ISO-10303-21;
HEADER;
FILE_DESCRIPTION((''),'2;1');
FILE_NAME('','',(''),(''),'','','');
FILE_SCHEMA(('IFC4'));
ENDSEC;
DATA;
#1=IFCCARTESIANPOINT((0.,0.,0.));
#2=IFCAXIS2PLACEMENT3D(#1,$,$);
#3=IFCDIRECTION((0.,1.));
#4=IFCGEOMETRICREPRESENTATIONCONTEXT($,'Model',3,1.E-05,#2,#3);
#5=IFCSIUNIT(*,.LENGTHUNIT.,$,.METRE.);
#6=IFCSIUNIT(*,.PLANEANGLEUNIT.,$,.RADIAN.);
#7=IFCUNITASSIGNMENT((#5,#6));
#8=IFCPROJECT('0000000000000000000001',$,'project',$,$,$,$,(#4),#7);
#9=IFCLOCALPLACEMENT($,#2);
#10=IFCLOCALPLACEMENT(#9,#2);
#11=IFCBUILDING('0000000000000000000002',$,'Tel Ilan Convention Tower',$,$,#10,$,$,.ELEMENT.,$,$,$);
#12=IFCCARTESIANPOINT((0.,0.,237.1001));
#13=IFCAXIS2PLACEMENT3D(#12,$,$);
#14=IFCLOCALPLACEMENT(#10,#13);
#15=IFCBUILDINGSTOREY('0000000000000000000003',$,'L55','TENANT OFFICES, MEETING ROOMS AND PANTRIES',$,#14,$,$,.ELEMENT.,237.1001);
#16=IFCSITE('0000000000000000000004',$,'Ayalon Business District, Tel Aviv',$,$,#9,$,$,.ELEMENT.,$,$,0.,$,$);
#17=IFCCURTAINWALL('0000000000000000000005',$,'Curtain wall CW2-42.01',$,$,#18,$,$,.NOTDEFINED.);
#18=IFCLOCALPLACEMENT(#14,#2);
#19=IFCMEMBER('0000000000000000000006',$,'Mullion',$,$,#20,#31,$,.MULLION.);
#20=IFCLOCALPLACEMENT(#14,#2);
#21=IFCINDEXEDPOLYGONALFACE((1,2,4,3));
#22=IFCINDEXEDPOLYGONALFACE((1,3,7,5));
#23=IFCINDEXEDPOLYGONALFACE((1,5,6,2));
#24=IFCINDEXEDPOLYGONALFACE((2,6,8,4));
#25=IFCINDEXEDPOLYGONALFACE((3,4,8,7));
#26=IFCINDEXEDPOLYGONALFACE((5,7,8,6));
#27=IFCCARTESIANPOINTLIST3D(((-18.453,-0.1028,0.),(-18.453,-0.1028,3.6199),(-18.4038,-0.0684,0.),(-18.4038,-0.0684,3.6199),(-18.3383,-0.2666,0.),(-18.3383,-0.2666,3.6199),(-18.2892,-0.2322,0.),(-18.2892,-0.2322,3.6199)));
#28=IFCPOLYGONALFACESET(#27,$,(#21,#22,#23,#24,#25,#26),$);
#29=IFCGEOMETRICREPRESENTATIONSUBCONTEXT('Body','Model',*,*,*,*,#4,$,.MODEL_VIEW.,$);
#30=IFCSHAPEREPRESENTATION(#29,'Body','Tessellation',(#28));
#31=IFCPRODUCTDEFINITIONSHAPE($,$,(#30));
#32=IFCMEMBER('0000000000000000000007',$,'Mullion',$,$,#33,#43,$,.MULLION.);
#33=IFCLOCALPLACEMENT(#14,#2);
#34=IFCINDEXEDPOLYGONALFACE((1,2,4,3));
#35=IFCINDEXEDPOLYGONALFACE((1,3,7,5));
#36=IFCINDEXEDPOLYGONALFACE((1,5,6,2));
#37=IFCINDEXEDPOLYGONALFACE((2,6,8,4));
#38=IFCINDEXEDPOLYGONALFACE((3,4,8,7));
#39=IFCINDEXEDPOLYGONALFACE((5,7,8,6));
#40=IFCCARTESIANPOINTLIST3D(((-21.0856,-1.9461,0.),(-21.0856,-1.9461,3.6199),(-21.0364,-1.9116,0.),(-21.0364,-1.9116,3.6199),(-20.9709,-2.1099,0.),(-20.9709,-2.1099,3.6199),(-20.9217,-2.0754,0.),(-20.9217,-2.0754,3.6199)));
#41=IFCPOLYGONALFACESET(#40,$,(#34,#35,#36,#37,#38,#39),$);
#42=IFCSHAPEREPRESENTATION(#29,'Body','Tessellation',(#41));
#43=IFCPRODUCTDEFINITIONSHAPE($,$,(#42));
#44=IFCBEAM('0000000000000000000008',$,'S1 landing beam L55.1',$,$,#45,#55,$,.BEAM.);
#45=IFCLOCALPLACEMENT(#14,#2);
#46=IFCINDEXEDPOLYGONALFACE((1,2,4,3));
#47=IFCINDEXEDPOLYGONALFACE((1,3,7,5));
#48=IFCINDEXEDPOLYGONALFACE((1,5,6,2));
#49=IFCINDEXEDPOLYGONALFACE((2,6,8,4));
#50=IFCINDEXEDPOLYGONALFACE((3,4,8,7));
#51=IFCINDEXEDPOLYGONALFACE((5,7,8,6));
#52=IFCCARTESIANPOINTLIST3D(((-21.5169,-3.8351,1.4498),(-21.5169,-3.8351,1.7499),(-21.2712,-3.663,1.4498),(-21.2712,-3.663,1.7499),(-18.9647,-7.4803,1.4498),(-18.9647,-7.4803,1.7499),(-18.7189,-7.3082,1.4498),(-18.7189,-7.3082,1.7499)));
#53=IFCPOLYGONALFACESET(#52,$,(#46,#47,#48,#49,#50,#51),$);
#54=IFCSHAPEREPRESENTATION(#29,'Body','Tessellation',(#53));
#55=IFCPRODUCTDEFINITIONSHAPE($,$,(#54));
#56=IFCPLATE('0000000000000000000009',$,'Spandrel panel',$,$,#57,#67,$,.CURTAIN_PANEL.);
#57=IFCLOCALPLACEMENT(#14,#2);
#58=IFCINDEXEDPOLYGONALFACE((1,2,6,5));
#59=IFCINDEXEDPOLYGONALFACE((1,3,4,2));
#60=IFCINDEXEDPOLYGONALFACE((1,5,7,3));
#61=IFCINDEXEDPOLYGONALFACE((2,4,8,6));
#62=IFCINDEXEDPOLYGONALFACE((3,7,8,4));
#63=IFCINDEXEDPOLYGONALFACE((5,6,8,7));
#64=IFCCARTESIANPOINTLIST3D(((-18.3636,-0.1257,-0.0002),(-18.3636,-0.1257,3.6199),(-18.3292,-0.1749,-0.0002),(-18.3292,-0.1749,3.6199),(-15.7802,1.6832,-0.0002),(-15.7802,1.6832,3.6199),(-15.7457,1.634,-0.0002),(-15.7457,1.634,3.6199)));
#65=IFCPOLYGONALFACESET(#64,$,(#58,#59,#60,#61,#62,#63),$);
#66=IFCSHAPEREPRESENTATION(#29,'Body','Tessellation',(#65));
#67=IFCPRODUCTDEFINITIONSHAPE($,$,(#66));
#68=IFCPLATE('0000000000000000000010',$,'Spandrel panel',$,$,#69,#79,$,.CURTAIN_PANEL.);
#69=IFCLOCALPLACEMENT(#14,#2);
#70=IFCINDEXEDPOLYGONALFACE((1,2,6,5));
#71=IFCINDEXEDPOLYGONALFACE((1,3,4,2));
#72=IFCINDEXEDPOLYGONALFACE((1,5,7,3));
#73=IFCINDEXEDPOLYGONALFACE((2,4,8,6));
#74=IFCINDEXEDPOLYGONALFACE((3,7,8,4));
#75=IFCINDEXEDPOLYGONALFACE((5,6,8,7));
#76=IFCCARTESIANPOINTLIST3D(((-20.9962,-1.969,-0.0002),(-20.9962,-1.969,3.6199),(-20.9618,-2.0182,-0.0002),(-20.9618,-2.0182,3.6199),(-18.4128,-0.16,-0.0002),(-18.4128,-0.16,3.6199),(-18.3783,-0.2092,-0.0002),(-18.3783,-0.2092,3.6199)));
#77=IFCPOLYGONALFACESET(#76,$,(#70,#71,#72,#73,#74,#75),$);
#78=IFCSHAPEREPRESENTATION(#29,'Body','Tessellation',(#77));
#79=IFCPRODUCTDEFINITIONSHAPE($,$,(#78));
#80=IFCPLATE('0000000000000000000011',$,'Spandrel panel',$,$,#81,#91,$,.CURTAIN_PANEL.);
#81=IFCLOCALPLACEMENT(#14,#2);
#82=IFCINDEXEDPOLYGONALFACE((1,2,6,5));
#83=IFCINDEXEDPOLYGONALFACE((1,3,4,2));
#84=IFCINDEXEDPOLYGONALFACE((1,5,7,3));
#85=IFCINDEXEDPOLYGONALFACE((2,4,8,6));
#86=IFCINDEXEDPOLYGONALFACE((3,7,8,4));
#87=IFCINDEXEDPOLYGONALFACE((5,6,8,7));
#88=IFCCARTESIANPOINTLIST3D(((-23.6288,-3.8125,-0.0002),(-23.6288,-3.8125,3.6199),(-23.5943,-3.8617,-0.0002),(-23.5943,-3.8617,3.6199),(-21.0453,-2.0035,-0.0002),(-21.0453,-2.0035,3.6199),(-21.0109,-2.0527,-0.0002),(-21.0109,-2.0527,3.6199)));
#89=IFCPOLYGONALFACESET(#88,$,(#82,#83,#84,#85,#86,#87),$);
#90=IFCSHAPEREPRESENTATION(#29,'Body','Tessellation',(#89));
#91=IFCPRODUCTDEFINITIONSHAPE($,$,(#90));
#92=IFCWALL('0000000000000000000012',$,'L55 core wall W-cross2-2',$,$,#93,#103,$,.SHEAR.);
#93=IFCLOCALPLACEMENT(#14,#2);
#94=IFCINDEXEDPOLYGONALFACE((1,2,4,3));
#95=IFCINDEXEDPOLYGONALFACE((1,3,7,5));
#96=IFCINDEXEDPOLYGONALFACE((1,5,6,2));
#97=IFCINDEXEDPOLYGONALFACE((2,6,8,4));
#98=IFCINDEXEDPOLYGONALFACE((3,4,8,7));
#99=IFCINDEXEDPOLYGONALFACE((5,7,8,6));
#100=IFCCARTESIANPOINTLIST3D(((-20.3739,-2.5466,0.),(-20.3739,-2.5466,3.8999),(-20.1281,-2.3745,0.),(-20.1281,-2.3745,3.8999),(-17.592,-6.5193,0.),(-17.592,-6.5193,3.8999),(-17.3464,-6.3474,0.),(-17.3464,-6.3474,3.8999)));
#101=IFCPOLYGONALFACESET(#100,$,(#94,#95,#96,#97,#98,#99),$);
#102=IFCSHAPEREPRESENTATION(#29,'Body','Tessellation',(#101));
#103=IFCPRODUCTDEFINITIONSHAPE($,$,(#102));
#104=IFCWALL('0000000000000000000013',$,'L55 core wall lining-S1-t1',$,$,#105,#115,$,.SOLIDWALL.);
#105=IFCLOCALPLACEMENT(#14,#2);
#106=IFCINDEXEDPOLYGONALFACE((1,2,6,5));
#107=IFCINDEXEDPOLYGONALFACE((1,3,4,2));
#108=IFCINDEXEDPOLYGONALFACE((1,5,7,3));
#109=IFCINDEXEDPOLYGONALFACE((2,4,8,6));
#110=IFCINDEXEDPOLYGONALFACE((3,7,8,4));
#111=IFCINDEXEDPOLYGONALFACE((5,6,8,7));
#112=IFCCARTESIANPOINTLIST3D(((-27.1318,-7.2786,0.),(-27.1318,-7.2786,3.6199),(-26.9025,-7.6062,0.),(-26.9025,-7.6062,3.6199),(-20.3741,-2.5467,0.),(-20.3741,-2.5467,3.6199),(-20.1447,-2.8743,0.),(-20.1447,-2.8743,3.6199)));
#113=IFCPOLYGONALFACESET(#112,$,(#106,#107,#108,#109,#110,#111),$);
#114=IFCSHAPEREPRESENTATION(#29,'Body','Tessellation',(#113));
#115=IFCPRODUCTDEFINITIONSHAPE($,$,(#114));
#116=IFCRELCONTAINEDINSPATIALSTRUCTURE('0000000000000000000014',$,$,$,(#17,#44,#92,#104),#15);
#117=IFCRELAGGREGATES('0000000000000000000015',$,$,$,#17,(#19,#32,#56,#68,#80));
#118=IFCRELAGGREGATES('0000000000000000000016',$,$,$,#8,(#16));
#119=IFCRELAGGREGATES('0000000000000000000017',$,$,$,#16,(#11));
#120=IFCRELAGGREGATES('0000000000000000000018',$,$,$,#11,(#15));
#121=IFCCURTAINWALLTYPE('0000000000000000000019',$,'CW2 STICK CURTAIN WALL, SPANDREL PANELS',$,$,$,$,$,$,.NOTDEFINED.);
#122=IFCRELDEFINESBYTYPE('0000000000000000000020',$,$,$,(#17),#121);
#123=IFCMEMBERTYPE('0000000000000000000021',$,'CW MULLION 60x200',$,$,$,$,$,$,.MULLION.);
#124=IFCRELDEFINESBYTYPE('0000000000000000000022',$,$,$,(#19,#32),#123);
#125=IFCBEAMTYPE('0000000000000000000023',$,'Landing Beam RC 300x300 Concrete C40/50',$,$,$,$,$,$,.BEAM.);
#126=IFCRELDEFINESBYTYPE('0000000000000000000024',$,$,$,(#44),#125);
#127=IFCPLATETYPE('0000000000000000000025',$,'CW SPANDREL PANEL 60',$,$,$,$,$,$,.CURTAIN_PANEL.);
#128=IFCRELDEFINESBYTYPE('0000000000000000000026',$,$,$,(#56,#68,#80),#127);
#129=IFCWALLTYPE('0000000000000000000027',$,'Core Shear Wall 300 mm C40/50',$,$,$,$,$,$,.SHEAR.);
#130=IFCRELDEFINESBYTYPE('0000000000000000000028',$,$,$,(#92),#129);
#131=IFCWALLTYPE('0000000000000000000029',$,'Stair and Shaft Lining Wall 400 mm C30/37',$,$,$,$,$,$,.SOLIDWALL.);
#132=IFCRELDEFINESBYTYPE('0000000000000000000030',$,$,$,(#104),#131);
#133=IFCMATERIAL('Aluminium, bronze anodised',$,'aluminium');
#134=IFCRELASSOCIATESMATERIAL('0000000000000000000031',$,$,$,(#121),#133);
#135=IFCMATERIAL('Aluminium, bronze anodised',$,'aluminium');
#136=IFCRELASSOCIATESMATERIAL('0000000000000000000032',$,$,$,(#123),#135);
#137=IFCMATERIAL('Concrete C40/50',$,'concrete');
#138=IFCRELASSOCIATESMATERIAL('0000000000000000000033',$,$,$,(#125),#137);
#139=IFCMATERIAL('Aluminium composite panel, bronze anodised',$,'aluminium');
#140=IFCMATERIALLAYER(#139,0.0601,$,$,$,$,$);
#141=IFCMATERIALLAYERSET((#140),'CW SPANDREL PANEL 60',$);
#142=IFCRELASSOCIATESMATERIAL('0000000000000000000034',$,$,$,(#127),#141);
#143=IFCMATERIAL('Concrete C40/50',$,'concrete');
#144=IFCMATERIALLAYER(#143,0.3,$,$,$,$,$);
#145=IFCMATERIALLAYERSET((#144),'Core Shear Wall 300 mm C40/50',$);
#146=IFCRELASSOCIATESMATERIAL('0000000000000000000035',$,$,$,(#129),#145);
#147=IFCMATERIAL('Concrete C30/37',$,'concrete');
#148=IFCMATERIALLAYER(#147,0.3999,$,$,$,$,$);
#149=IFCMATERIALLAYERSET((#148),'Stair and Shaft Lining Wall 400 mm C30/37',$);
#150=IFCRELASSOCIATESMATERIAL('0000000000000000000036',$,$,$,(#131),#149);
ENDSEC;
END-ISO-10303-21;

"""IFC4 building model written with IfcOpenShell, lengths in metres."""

from ifc_helpers import new_model, si_unit, direction, frame, frame_2d, origin, origin_2d, place, context, subcontext, project, spatial, polyline, rectangle, outline, extrude, material, layer, layer_set, material_profile, profile_set, type_object, element, aggregate, save


model = new_model("IFC4")

# Units and contexts
model_context = context("Model", 3, precision=1e-05, world=origin(), true_north=direction((0.0, 1.0)))
body_context = subcontext(model_context, "Body", "Model", "MODEL_VIEW")
ifc_project = project(units=[si_unit("LENGTHUNIT", "METRE"), si_unit("PLANEANGLEUNIT", "RADIAN")], contexts=[model_context])

# Site, building, storey
site_placement = place(None, origin())
site = spatial("IfcSite", under=ifc_project, at=site_placement, Name="Ayalon Business District, Tel Aviv", CompositionType="ELEMENT", RefElevation=0.0)
building_placement = place(site_placement, origin())
building = spatial("IfcBuilding", under=site, at=building_placement, Name="Tel Ilan Convention Tower", CompositionType="ELEMENT")
storey_placement = place(building_placement, frame((0.0, 0.0, 237.1001)))
storey = spatial("IfcBuildingStorey", under=building, at=storey_placement, Name="L55", Description="TENANT OFFICES, MEETING ROOMS AND PANTRIES", CompositionType="ELEMENT", Elevation=237.1001)

# Curtain wall, members
ifc_material_1 = material(Name="Aluminium, bronze anodised", Category="aluminium")
curtain_wall_type = type_object("IfcCurtainWallType", Name="CW2 STICK CURTAIN WALL, SPANDREL PANELS", PredefinedType="NOTDEFINED", material=ifc_material_1)
curtain_wall_placement = place(storey_placement, origin())
curtain_wall = element("IfcCurtainWall", 1, at=curtain_wall_placement, inside=storey, type_object=curtain_wall_type, Name="Curtain wall CW2-42.01", PredefinedType="NOTDEFINED")
ifc_material_2 = material(Name="Aluminium, bronze anodised", Category="aluminium")
ifc_material_profile_1 = material_profile(ifc_material_2, rectangle(XDim=0.0601, YDim=0.2, at=origin_2d()), Name="CW MULLION 60x200")
ifc_profile_set_1 = profile_set([ifc_material_profile_1], Name="Aluminium, bronze anodised")
member_type = type_object("IfcMemberType", Name="CW MULLION 60x200", PredefinedType="MULLION", material=ifc_profile_set_1)
member_1_placement = place(storey_placement, frame((-18.3711, -0.1675, 0.0), z_axis=(0.0, 0.0, 1.0), x_axis=(-0.819152, -0.573576, 0.0)))
member_1 = element("IfcMember", 2, at=member_1_placement, type_object=member_type, Name="Mullion", PredefinedType="MULLION", context=body_context, shape_type="SweptSolid", body=[
    extrude(rectangle(XDim=0.0601, YDim=0.2, at=origin_2d()), origin(), (0.0, 0.0, 1.0), 3.6199),
])
member_2_placement = place(storey_placement, frame((-21.0037, -2.0107, 0.0), z_axis=(0.0, 0.0, 1.0), x_axis=(-0.819152, -0.573576, 0.0)))
member_2 = element("IfcMember", 3, at=member_2_placement, type_object=member_type, Name="Mullion", PredefinedType="MULLION", context=body_context, shape_type="SweptSolid", body=[
    extrude(rectangle(XDim=0.0601, YDim=0.2, at=origin_2d()), origin(), (0.0, 0.0, 1.0), 3.6199),
])

# Beam
ifc_material_3 = material(Name="Concrete C40/50", Category="concrete")
ifc_material_profile_2 = material_profile(ifc_material_3, rectangle(XDim=0.3, YDim=0.3, at=origin_2d()), Name="RC 300x300")
ifc_profile_set_2 = profile_set([ifc_material_profile_2], Name="Concrete C40/50")
beam_type = type_object("IfcBeamType", Name="Landing Beam RC 300x300 Concrete C40/50", PredefinedType="BEAM", material=ifc_profile_set_2)
beam_placement = place(storey_placement, frame((-18.8418, -7.3943, 1.5999), z_axis=(-0.573547, 0.819173, 0.0), x_axis=(-0.819173, -0.573547, 0.0)))
element("IfcBeam", 4, at=beam_placement, inside=storey, type_object=beam_type, Name="S1 landing beam L55.1", PredefinedType="BEAM", context=body_context, shape_type="SweptSolid", body=[
    extrude(rectangle(XDim=0.3, YDim=0.3, at=origin_2d()), origin(), (0.0, 0.0, 1.0), 4.45),
])

# Plates
ifc_material_4 = material(Name="Aluminium composite panel, bronze anodised", Category="aluminium")
ifc_layer_1 = layer(ifc_material_4, 0.0601)
ifc_layer_set_1 = layer_set([ifc_layer_1], Name="CW SPANDREL PANEL 60")
plate_type = type_object("IfcPlateType", Name="CW SPANDREL PANEL 60", PredefinedType="CURTAIN_PANEL", material=ifc_layer_set_1)
plate_1_placement = place(storey_placement, frame((-17.0547, 0.7542, -0.0002), z_axis=(0.0, 0.0, 1.0), x_axis=(-0.819152, -0.573576, 0.0)))
plate_1 = element("IfcPlate", 5, at=plate_1_placement, type_object=plate_type, Name="Spandrel panel", PredefinedType="CURTAIN_PANEL", context=body_context, shape_type="SweptSolid", body=[
    extrude(rectangle(XDim=3.1538, YDim=0.0601, at=origin_2d()), origin(), (0.0, 0.0, 1.0), 3.6201),
])
plate_2_placement = place(storey_placement, frame((-19.6873, -1.0891, -0.0002), z_axis=(0.0, 0.0, 1.0), x_axis=(-0.819152, -0.573576, 0.0)))
plate_2 = element("IfcPlate", 6, at=plate_2_placement, type_object=plate_type, Name="Spandrel panel", PredefinedType="CURTAIN_PANEL", context=body_context, shape_type="SweptSolid", body=[
    extrude(rectangle(XDim=3.1538, YDim=0.0601, at=origin_2d()), origin(), (0.0, 0.0, 1.0), 3.6201),
])
plate_3_placement = place(storey_placement, frame((-22.3198, -2.9326, -0.0002), z_axis=(0.0, 0.0, 1.0), x_axis=(-0.819152, -0.573576, 0.0)))
plate_3 = element("IfcPlate", 7, at=plate_3_placement, type_object=plate_type, Name="Spandrel panel", PredefinedType="CURTAIN_PANEL", context=body_context, shape_type="SweptSolid", body=[
    extrude(rectangle(XDim=3.1538, YDim=0.0601, at=origin_2d()), origin(), (0.0, 0.0, 1.0), 3.6201),
])
aggregate(curtain_wall, [member_1, member_2, plate_1, plate_2, plate_3])

# Walls
ifc_material_5 = material(Name="Concrete C40/50", Category="concrete")
ifc_layer_2 = layer(ifc_material_5, 0.3)
ifc_layer_set_2 = layer_set([ifc_layer_2], Name="Core Shear Wall 300 mm C40/50")
wall_type_1 = type_object("IfcWallType", Name="Core Shear Wall 300 mm C40/50", PredefinedType="SHEAR", material=ifc_layer_set_2)
wall_1_placement = place(storey_placement, frame((-17.4692, -6.4333, 0.0), z_axis=(0.0, 0.0, 1.0), x_axis=(-0.573594, 0.81914, 0.0)))
element("IfcWall", 8, at=wall_1_placement, inside=storey, type_object=wall_type_1, Name="L55 core wall W-cross2-2", PredefinedType="SHEAR", context=body_context, shape_type="SweptSolid", body=[
    extrude(outline(polyline([(4.8499, -0.1501), (4.8499, 0.1499), (0.0, 0.1499), (0.0, -0.1499), (4.8499, -0.1501)])), origin(), (0.0, 0.0, 1.0), 3.8999),
])
ifc_material_6 = material(Name="Concrete C30/37", Category="concrete")
ifc_layer_3 = layer(ifc_material_6, 0.3999)
ifc_layer_set_3 = layer_set([ifc_layer_3], Name="Stair and Shaft Lining Wall 400 mm C30/37")
wall_type_2 = type_object("IfcWallType", Name="Stair and Shaft Lining Wall 400 mm C30/37", PredefinedType="SOLIDWALL", material=ifc_layer_set_3)
wall_2_placement = place(storey_placement, frame((-20.2593, -2.7104, 0.0), z_axis=(0.0, 0.0, 1.0), x_axis=(-0.819148, -0.573582, 0.0)))
element("IfcWall", 9, at=wall_2_placement, inside=storey, type_object=wall_type_2, Name="L55 core wall lining-S1-t1", PredefinedType="SOLIDWALL", context=body_context, shape_type="SweptSolid", body=[
    extrude(rectangle(XDim=8.2498, YDim=0.3999, at=frame_2d((4.125, 0.0))), origin(), (0.0, 0.0, 1.0), 3.6199),
])

save(model, "model.ifc")
